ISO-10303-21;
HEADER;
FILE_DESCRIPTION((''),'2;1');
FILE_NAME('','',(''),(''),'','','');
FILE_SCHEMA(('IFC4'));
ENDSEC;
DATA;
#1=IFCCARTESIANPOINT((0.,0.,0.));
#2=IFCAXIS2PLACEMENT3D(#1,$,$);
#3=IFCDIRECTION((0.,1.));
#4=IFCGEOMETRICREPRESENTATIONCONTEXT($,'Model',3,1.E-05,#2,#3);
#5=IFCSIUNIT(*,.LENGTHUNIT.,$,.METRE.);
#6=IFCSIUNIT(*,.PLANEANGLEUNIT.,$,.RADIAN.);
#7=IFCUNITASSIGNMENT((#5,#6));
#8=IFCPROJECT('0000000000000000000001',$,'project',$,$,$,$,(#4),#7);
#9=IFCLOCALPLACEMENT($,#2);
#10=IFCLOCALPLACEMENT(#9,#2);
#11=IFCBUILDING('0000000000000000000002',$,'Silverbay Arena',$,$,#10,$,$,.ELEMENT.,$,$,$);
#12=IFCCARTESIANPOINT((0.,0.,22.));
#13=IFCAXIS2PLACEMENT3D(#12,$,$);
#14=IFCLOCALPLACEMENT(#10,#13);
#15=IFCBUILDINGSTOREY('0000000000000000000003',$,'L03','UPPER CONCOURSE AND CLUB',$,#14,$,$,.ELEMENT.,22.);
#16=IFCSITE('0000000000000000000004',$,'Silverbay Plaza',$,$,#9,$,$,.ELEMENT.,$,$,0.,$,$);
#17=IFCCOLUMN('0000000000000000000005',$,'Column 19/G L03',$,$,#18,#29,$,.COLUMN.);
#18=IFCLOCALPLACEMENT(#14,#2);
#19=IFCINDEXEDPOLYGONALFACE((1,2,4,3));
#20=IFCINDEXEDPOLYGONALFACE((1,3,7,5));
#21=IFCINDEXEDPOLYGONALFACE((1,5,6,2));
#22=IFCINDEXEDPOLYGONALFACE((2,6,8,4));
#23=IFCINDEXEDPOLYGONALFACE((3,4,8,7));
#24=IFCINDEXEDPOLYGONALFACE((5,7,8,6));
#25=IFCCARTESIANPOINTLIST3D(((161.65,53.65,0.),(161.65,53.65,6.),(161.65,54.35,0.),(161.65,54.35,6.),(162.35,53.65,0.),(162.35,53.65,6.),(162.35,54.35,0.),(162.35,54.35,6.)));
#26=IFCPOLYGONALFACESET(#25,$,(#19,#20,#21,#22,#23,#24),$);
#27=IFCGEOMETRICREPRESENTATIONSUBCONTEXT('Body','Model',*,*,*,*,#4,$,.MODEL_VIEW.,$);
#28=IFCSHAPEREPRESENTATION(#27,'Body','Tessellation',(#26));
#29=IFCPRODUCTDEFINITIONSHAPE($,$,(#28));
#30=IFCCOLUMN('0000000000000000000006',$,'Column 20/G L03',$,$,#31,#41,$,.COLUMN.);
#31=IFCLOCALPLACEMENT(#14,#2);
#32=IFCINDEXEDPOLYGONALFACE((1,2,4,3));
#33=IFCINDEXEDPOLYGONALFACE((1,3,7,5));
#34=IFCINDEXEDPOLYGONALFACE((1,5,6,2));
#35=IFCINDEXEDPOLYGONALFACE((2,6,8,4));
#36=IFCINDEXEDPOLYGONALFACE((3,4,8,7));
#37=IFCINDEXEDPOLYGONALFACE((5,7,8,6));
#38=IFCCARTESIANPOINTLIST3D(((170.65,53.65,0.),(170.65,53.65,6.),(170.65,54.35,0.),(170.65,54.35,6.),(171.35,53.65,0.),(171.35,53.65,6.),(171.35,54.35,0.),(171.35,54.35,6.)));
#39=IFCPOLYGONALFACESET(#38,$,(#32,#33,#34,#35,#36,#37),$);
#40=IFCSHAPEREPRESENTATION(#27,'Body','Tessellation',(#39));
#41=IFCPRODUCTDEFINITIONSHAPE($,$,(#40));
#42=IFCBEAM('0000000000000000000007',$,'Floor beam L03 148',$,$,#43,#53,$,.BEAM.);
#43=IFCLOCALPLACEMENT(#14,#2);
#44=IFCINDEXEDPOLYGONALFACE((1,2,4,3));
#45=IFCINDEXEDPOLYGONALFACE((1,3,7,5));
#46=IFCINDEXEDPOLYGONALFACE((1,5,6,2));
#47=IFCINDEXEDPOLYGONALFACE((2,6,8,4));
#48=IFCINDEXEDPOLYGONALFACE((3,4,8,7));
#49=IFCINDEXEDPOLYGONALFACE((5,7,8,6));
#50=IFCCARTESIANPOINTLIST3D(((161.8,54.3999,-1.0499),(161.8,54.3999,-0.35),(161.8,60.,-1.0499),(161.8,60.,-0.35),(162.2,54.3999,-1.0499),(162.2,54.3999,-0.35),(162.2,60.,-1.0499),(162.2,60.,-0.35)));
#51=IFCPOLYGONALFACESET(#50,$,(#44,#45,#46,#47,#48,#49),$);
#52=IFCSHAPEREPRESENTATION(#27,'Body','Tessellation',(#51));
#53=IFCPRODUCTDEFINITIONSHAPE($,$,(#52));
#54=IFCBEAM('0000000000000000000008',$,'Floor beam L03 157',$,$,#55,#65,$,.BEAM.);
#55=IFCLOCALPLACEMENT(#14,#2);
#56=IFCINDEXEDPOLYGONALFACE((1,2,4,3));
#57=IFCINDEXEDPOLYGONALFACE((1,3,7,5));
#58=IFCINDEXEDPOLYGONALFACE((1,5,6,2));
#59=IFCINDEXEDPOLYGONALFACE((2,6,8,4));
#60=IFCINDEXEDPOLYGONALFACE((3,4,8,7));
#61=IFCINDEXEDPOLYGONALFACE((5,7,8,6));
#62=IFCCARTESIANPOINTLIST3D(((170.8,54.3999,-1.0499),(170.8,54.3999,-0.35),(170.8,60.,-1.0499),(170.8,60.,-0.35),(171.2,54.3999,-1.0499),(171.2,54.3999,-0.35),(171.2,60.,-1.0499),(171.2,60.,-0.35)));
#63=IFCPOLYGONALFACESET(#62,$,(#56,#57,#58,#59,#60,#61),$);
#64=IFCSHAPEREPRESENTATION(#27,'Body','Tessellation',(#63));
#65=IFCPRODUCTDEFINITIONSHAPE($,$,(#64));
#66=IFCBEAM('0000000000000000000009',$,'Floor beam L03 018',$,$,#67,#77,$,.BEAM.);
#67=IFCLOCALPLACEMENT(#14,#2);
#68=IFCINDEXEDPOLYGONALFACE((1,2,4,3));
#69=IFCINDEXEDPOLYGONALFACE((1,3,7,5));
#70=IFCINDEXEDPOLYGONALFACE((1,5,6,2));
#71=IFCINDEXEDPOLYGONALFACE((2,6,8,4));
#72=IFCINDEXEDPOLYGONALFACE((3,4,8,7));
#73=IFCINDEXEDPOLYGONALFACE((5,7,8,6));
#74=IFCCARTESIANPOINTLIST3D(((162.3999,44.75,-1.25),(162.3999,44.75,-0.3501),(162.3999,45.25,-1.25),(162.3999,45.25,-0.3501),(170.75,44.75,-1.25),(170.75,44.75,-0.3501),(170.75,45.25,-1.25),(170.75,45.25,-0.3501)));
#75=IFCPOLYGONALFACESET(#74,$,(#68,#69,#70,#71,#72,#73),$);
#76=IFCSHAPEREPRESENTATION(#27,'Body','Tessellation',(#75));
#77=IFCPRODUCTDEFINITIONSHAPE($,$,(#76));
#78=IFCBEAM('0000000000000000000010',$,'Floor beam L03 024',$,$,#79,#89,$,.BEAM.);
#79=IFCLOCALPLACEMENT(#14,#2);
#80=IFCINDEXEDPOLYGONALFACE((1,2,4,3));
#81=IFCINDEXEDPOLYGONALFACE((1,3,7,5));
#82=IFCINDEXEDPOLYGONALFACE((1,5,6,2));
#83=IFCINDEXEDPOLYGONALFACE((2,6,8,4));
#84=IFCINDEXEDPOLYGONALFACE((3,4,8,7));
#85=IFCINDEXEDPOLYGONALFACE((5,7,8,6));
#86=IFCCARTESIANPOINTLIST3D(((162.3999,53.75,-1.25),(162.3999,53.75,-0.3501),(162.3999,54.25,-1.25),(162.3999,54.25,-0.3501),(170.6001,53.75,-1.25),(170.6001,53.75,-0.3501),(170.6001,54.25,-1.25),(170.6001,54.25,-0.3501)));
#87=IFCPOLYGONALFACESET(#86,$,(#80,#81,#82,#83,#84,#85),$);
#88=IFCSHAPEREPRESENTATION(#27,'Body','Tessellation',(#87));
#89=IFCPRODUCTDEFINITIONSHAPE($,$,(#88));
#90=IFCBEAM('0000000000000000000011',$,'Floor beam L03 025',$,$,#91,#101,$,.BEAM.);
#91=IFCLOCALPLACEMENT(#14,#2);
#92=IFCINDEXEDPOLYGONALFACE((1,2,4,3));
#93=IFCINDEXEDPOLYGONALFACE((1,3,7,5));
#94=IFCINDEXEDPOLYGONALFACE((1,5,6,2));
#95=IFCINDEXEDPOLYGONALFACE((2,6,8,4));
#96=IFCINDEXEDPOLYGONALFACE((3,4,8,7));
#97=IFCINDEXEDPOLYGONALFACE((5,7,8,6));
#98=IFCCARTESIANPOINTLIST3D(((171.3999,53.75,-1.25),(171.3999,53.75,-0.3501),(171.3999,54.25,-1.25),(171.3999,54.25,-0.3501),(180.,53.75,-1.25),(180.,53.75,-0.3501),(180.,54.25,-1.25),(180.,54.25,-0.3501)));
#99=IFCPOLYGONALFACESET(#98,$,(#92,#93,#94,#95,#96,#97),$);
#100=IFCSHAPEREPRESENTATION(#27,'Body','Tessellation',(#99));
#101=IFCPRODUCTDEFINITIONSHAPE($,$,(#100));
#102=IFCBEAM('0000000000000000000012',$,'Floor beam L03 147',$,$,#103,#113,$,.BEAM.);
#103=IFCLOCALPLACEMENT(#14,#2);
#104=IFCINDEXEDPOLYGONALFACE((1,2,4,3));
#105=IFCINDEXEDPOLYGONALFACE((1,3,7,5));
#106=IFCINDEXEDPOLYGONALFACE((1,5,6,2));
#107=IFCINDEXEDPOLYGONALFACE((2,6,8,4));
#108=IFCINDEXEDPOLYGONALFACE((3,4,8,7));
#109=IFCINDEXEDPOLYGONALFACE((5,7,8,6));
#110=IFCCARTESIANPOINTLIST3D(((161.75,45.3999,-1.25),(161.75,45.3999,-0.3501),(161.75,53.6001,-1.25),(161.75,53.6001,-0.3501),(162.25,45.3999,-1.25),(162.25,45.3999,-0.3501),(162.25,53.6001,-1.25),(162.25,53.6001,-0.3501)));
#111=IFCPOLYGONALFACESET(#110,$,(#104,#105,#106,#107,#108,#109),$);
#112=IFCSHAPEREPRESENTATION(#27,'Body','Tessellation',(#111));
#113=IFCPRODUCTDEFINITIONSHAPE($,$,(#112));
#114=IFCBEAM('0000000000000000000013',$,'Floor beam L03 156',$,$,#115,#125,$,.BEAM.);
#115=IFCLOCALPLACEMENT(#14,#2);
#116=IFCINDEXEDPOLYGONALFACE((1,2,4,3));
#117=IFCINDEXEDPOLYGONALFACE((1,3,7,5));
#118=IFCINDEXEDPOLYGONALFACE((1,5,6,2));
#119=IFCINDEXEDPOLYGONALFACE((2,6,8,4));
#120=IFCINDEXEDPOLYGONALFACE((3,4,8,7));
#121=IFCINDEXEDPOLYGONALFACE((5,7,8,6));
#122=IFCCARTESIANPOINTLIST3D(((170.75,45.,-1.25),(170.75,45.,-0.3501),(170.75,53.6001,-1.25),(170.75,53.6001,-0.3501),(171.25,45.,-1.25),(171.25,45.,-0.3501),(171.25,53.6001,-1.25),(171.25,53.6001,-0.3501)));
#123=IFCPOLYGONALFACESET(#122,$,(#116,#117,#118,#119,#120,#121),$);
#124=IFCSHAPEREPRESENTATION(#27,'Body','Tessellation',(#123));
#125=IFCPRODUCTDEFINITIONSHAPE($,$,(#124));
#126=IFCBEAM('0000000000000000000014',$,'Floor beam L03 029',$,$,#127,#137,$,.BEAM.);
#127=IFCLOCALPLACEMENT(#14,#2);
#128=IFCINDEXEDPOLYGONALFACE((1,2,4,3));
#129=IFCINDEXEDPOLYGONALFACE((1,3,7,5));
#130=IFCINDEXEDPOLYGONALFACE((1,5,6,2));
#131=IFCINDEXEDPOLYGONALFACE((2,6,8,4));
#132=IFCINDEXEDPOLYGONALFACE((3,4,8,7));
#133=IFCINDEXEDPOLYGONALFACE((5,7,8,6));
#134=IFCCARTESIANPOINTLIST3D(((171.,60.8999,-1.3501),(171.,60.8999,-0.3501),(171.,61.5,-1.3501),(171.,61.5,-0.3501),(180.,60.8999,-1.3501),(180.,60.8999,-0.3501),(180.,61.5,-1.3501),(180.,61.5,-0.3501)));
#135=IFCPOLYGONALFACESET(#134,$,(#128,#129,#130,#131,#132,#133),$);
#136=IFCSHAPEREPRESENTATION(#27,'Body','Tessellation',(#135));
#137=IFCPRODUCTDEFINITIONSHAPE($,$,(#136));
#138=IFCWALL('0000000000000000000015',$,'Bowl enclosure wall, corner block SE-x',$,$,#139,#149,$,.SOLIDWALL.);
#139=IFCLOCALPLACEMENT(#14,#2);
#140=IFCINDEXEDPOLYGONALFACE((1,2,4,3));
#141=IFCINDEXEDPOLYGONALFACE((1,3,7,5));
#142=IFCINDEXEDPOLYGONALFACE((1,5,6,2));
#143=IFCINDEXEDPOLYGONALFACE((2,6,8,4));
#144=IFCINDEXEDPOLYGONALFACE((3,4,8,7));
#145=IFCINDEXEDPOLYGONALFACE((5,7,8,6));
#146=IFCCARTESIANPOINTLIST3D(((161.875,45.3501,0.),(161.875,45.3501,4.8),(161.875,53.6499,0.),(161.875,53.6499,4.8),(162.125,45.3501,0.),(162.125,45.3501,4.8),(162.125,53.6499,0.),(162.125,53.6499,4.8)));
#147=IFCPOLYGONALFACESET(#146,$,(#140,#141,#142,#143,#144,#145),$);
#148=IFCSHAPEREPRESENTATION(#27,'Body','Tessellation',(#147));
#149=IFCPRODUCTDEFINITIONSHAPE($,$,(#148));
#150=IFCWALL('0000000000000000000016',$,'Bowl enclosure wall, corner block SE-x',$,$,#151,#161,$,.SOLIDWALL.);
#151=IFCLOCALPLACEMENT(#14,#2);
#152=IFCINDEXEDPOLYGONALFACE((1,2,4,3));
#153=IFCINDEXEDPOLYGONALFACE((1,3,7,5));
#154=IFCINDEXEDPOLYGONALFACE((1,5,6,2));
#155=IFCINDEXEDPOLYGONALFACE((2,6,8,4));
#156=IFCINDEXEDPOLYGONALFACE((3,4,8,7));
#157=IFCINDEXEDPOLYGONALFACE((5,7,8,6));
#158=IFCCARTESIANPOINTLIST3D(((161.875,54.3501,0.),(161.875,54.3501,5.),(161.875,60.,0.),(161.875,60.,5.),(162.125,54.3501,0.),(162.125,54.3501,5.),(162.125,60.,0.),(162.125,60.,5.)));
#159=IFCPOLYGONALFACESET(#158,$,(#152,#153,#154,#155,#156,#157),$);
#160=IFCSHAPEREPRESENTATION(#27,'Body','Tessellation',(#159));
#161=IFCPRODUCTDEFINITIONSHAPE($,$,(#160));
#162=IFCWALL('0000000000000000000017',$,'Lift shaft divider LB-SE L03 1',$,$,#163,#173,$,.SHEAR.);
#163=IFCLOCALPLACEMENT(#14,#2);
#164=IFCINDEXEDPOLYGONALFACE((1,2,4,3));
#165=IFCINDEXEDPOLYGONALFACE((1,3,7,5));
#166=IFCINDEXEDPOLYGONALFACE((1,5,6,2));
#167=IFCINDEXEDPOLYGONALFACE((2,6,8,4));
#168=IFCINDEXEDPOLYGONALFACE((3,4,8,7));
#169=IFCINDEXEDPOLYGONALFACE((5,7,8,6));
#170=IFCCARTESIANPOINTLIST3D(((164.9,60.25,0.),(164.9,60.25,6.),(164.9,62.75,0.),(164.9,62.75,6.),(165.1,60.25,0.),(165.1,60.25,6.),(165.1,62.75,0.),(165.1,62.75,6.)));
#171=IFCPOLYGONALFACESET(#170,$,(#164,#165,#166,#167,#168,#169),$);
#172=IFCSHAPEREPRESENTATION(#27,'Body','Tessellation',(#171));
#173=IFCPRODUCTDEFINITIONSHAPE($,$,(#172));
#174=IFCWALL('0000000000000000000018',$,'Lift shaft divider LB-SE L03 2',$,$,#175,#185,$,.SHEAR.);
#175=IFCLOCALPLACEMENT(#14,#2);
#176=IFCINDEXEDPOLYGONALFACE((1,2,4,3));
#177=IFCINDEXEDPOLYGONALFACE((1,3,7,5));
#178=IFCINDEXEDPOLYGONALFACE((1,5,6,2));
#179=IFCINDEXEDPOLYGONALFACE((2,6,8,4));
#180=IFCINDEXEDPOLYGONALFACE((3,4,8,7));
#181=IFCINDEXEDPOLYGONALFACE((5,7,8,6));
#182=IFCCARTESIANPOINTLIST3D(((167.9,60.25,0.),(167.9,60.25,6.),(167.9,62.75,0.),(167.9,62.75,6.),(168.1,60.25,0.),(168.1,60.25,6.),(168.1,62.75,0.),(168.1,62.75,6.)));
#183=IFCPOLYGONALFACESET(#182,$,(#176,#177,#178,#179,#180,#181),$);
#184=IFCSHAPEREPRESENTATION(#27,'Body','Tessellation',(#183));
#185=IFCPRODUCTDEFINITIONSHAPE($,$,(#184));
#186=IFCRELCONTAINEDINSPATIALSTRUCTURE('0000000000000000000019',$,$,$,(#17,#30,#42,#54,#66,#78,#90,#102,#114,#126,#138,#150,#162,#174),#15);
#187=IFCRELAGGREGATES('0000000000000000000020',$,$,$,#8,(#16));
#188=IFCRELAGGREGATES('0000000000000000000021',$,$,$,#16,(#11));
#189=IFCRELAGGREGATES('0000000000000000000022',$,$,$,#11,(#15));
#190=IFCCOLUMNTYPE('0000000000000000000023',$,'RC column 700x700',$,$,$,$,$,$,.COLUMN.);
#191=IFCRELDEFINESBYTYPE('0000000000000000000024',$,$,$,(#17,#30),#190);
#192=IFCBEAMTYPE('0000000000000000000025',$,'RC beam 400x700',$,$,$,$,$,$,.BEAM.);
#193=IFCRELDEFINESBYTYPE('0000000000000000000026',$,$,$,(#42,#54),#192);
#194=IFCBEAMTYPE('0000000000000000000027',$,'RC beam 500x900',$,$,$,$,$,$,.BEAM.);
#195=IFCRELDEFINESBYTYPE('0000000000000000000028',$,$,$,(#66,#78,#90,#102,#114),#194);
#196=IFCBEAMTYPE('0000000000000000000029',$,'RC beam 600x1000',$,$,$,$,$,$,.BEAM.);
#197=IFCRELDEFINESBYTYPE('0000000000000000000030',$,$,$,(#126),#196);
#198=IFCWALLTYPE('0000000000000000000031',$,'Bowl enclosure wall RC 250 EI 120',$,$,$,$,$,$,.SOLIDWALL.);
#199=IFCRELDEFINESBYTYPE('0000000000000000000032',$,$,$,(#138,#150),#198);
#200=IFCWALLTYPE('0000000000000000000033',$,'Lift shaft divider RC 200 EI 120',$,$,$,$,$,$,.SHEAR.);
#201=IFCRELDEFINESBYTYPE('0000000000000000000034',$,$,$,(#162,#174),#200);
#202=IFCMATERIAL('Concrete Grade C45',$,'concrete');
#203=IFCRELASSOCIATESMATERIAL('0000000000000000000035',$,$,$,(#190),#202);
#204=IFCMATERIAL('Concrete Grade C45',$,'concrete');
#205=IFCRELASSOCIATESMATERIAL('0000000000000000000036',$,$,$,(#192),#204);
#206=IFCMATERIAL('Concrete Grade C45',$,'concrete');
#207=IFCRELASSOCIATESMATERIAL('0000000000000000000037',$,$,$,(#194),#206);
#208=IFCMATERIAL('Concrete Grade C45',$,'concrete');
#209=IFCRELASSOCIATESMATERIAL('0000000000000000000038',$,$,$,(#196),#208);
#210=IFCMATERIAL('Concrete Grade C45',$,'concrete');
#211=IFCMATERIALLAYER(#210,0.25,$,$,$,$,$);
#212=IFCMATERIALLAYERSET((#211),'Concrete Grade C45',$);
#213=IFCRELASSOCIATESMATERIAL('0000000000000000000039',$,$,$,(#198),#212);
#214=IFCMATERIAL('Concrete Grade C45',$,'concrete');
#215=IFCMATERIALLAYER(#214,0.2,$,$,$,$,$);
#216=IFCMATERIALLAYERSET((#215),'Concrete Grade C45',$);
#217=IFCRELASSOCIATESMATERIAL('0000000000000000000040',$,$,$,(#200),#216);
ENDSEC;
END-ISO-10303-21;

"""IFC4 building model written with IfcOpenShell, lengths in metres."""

from ifc_helpers import new_model, si_unit, direction, frame, frame_2d, origin, origin_2d, place, context, subcontext, project, spatial, rectangle, extrude, material, layer, layer_set, material_profile, profile_set, type_object, element, save


model = new_model("IFC4")

# Units and contexts
model_context = context("Model", 3, precision=1e-05, world=origin(), true_north=direction((0.0, 1.0)))
body_context = subcontext(model_context, "Body", "Model", "MODEL_VIEW")
ifc_project = project(units=[si_unit("LENGTHUNIT", "METRE"), si_unit("PLANEANGLEUNIT", "RADIAN")], contexts=[model_context])

# Site, building, storey
site_placement = place(None, origin())
site = spatial("IfcSite", under=ifc_project, at=site_placement, Name="Silverbay Plaza", CompositionType="ELEMENT", RefElevation=0.0)
building_placement = place(site_placement, origin())
building = spatial("IfcBuilding", under=site, at=building_placement, Name="Silverbay Arena", CompositionType="ELEMENT")
storey_placement = place(building_placement, frame((0.0, 0.0, 22.0)))
storey = spatial("IfcBuildingStorey", under=building, at=storey_placement, Name="L03", Description="UPPER CONCOURSE AND CLUB", CompositionType="ELEMENT", Elevation=22.0)

# Columns
ifc_material_1 = material(Name="Concrete Grade C45", Category="concrete")
ifc_material_profile_1 = material_profile(ifc_material_1, rectangle(XDim=0.7, YDim=0.7, at=origin_2d()), Name="RC 700x700")
ifc_profile_set_1 = profile_set([ifc_material_profile_1], Name="Concrete Grade C45")
column_type = type_object("IfcColumnType", Name="RC column 700x700", PredefinedType="COLUMN", material=ifc_profile_set_1)
for number, where, z_axis, x_axis, name in (
    (1, (162.0, 54.0, 0.0), (0.0, 0.0, 1.0), (1.0, 0.0, 0.0), "Column 19/G L03"),
    (2, (171.0, 54.0, 0.0), (0.0, 0.0, 1.0), (1.0, 0.0, 0.0), "Column 20/G L03"),
):
    element("IfcColumn", number, at=place(storey_placement, frame(where, z_axis=z_axis, x_axis=x_axis)), inside=storey, type_object=column_type, Name=name, PredefinedType="COLUMN", context=body_context, shape_type="SweptSolid", body=[
        extrude(rectangle(XDim=0.7, YDim=0.7, at=origin_2d()), origin(), (0.0, 0.0, 1.0), 6.0),
    ])

# Beams
ifc_material_2 = material(Name="Concrete Grade C45", Category="concrete")
ifc_material_profile_2 = material_profile(ifc_material_2, rectangle(XDim=0.3999, YDim=0.7, at=origin_2d()), Name="RC 400x700")
ifc_profile_set_2 = profile_set([ifc_material_profile_2], Name="Concrete Grade C45")
beam_type_1 = type_object("IfcBeamType", Name="RC beam 400x700", PredefinedType="BEAM", material=ifc_profile_set_2)
for number, where, z_axis, x_axis, name in (
    (3, (162.0, 54.3999, -0.7), (0.0, 1.0, 0.0), (-1.0, 0.0, 0.0), "Floor beam L03 148"),
    (4, (171.0, 54.3999, -0.7), (0.0, 1.0, 0.0), (-1.0, 0.0, 0.0), "Floor beam L03 157"),
):
    element("IfcBeam", number, at=place(storey_placement, frame(where, z_axis=z_axis, x_axis=x_axis)), inside=storey, type_object=beam_type_1, Name=name, PredefinedType="BEAM", context=body_context, shape_type="SweptSolid", body=[
        extrude(rectangle(XDim=0.3999, YDim=0.7, at=origin_2d()), origin(), (0.0, 0.0, 1.0), 5.6001),
    ])
ifc_material_3 = material(Name="Concrete Grade C45", Category="concrete")
ifc_material_profile_3 = material_profile(ifc_material_3, rectangle(XDim=0.5, YDim=0.8999, at=origin_2d()), Name="RC 500x900")
ifc_profile_set_3 = profile_set([ifc_material_profile_3], Name="Concrete Grade C45")
beam_type_2 = type_object("IfcBeamType", Name="RC beam 500x900", PredefinedType="BEAM", material=ifc_profile_set_3)
beam_1_placement = place(storey_placement, frame((162.3999, 45.0, -0.8), z_axis=(1.0, 0.0, 0.0), x_axis=(0.0, 1.0, 0.0)))
element("IfcBeam", 5, at=beam_1_placement, inside=storey, type_object=beam_type_2, Name="Floor beam L03 018", PredefinedType="BEAM", context=body_context, shape_type="SweptSolid", body=[
    extrude(rectangle(XDim=0.5, YDim=0.8999, at=origin_2d()), origin(), (0.0, 0.0, 1.0), 8.3501),
])
beam_2_placement = place(storey_placement, frame((162.3999, 54.0, -0.8), z_axis=(1.0, 0.0, 0.0), x_axis=(0.0, 1.0, 0.0)))
element("IfcBeam", 6, at=beam_2_placement, inside=storey, type_object=beam_type_2, Name="Floor beam L03 024", PredefinedType="BEAM", context=body_context, shape_type="SweptSolid", body=[
    extrude(rectangle(XDim=0.5, YDim=0.8999, at=origin_2d()), origin(), (0.0, 0.0, 1.0), 8.2002),
])
beam_3_placement = place(storey_placement, frame((171.3999, 54.0, -0.8), z_axis=(1.0, 0.0, 0.0), x_axis=(0.0, 1.0, 0.0)))
element("IfcBeam", 7, at=beam_3_placement, inside=storey, type_object=beam_type_2, Name="Floor beam L03 025", PredefinedType="BEAM", context=body_context, shape_type="SweptSolid", body=[
    extrude(rectangle(XDim=0.5, YDim=0.8999, at=origin_2d()), origin(), (0.0, 0.0, 1.0), 8.6001),
])
beam_4_placement = place(storey_placement, frame((162.0, 45.3999, -0.8), z_axis=(0.0, 1.0, 0.0), x_axis=(-1.0, 0.0, 0.0)))
element("IfcBeam", 8, at=beam_4_placement, inside=storey, type_object=beam_type_2, Name="Floor beam L03 147", PredefinedType="BEAM", context=body_context, shape_type="SweptSolid", body=[
    extrude(rectangle(XDim=0.5, YDim=0.8999, at=origin_2d()), origin(), (0.0, 0.0, 1.0), 8.2002),
])
beam_5_placement = place(storey_placement, frame((171.0, 45.0, -0.8), z_axis=(0.0, 1.0, 0.0), x_axis=(-1.0, 0.0, 0.0)))
element("IfcBeam", 9, at=beam_5_placement, inside=storey, type_object=beam_type_2, Name="Floor beam L03 156", PredefinedType="BEAM", context=body_context, shape_type="SweptSolid", body=[
    extrude(rectangle(XDim=0.5, YDim=0.8999, at=origin_2d()), origin(), (0.0, 0.0, 1.0), 8.6001),
])
ifc_material_4 = material(Name="Concrete Grade C45", Category="concrete")
ifc_material_profile_4 = material_profile(ifc_material_4, rectangle(XDim=0.6001, YDim=1.0, at=origin_2d()), Name="RC 600x1000")
ifc_profile_set_4 = profile_set([ifc_material_profile_4], Name="Concrete Grade C45")
beam_type_3 = type_object("IfcBeamType", Name="RC beam 600x1000", PredefinedType="BEAM", material=ifc_profile_set_4)
beam_6_placement = place(storey_placement, frame((171.0, 61.2, -0.8501), z_axis=(1.0, 0.0, 0.0), x_axis=(0.0, 1.0, 0.0)))
element("IfcBeam", 10, at=beam_6_placement, inside=storey, type_object=beam_type_3, Name="Floor beam L03 029", PredefinedType="BEAM", context=body_context, shape_type="SweptSolid", body=[
    extrude(rectangle(XDim=0.6001, YDim=1.0, at=origin_2d()), origin(), (0.0, 0.0, 1.0), 9.0),
])

# Walls
ifc_material_5 = material(Name="Concrete Grade C45", Category="concrete")
ifc_layer_1 = layer(ifc_material_5, 0.25)
ifc_layer_set_1 = layer_set([ifc_layer_1], Name="Concrete Grade C45")
wall_type_1 = type_object("IfcWallType", Name="Bowl enclosure wall RC 250 EI 120", PredefinedType="SOLIDWALL", material=ifc_layer_set_1)
wall_1_placement = place(storey_placement, frame((162.0, 45.3501, 0.0), z_axis=(0.0, 0.0, 1.0), x_axis=(0.0, 1.0, 0.0)))
element("IfcWall", 11, at=wall_1_placement, inside=storey, type_object=wall_type_1, Name="Bowl enclosure wall, corner block SE-x", PredefinedType="SOLIDWALL", context=body_context, shape_type="SweptSolid", body=[
    extrude(rectangle(XDim=8.2998, YDim=0.25, at=frame_2d((4.1499, 0.0))), origin(), (0.0, 0.0, 1.0), 4.8),
])
wall_2_placement = place(storey_placement, frame((162.0, 54.3501, 0.0), z_axis=(0.0, 0.0, 1.0), x_axis=(0.0, 1.0, 0.0)))
element("IfcWall", 12, at=wall_2_placement, inside=storey, type_object=wall_type_1, Name="Bowl enclosure wall, corner block SE-x", PredefinedType="SOLIDWALL", context=body_context, shape_type="SweptSolid", body=[
    extrude(rectangle(XDim=5.6499, YDim=0.25, at=frame_2d((2.825, 0.0))), origin(), (0.0, 0.0, 1.0), 5.0),
])
ifc_material_6 = material(Name="Concrete Grade C45", Category="concrete")
ifc_layer_2 = layer(ifc_material_6, 0.2)
ifc_layer_set_2 = layer_set([ifc_layer_2], Name="Concrete Grade C45")
wall_type_2 = type_object("IfcWallType", Name="Lift shaft divider RC 200 EI 120", PredefinedType="SHEAR", material=ifc_layer_set_2)
for number, where, z_axis, x_axis, name in (
    (13, (165.0, 60.25, 0.0), (0.0, 0.0, 1.0), (0.0, 1.0, 0.0), "Lift shaft divider LB-SE L03 1"),
    (14, (168.0, 60.25, 0.0), (0.0, 0.0, 1.0), (0.0, 1.0, 0.0), "Lift shaft divider LB-SE L03 2"),
):
    element("IfcWall", number, at=place(storey_placement, frame(where, z_axis=z_axis, x_axis=x_axis)), inside=storey, type_object=wall_type_2, Name=name, PredefinedType="SHEAR", context=body_context, shape_type="SweptSolid", body=[
        extrude(rectangle(XDim=2.5, YDim=0.2, at=frame_2d((1.25, 0.0))), origin(), (0.0, 0.0, 1.0), 6.0),
    ])

save(model, "model.ifc")
